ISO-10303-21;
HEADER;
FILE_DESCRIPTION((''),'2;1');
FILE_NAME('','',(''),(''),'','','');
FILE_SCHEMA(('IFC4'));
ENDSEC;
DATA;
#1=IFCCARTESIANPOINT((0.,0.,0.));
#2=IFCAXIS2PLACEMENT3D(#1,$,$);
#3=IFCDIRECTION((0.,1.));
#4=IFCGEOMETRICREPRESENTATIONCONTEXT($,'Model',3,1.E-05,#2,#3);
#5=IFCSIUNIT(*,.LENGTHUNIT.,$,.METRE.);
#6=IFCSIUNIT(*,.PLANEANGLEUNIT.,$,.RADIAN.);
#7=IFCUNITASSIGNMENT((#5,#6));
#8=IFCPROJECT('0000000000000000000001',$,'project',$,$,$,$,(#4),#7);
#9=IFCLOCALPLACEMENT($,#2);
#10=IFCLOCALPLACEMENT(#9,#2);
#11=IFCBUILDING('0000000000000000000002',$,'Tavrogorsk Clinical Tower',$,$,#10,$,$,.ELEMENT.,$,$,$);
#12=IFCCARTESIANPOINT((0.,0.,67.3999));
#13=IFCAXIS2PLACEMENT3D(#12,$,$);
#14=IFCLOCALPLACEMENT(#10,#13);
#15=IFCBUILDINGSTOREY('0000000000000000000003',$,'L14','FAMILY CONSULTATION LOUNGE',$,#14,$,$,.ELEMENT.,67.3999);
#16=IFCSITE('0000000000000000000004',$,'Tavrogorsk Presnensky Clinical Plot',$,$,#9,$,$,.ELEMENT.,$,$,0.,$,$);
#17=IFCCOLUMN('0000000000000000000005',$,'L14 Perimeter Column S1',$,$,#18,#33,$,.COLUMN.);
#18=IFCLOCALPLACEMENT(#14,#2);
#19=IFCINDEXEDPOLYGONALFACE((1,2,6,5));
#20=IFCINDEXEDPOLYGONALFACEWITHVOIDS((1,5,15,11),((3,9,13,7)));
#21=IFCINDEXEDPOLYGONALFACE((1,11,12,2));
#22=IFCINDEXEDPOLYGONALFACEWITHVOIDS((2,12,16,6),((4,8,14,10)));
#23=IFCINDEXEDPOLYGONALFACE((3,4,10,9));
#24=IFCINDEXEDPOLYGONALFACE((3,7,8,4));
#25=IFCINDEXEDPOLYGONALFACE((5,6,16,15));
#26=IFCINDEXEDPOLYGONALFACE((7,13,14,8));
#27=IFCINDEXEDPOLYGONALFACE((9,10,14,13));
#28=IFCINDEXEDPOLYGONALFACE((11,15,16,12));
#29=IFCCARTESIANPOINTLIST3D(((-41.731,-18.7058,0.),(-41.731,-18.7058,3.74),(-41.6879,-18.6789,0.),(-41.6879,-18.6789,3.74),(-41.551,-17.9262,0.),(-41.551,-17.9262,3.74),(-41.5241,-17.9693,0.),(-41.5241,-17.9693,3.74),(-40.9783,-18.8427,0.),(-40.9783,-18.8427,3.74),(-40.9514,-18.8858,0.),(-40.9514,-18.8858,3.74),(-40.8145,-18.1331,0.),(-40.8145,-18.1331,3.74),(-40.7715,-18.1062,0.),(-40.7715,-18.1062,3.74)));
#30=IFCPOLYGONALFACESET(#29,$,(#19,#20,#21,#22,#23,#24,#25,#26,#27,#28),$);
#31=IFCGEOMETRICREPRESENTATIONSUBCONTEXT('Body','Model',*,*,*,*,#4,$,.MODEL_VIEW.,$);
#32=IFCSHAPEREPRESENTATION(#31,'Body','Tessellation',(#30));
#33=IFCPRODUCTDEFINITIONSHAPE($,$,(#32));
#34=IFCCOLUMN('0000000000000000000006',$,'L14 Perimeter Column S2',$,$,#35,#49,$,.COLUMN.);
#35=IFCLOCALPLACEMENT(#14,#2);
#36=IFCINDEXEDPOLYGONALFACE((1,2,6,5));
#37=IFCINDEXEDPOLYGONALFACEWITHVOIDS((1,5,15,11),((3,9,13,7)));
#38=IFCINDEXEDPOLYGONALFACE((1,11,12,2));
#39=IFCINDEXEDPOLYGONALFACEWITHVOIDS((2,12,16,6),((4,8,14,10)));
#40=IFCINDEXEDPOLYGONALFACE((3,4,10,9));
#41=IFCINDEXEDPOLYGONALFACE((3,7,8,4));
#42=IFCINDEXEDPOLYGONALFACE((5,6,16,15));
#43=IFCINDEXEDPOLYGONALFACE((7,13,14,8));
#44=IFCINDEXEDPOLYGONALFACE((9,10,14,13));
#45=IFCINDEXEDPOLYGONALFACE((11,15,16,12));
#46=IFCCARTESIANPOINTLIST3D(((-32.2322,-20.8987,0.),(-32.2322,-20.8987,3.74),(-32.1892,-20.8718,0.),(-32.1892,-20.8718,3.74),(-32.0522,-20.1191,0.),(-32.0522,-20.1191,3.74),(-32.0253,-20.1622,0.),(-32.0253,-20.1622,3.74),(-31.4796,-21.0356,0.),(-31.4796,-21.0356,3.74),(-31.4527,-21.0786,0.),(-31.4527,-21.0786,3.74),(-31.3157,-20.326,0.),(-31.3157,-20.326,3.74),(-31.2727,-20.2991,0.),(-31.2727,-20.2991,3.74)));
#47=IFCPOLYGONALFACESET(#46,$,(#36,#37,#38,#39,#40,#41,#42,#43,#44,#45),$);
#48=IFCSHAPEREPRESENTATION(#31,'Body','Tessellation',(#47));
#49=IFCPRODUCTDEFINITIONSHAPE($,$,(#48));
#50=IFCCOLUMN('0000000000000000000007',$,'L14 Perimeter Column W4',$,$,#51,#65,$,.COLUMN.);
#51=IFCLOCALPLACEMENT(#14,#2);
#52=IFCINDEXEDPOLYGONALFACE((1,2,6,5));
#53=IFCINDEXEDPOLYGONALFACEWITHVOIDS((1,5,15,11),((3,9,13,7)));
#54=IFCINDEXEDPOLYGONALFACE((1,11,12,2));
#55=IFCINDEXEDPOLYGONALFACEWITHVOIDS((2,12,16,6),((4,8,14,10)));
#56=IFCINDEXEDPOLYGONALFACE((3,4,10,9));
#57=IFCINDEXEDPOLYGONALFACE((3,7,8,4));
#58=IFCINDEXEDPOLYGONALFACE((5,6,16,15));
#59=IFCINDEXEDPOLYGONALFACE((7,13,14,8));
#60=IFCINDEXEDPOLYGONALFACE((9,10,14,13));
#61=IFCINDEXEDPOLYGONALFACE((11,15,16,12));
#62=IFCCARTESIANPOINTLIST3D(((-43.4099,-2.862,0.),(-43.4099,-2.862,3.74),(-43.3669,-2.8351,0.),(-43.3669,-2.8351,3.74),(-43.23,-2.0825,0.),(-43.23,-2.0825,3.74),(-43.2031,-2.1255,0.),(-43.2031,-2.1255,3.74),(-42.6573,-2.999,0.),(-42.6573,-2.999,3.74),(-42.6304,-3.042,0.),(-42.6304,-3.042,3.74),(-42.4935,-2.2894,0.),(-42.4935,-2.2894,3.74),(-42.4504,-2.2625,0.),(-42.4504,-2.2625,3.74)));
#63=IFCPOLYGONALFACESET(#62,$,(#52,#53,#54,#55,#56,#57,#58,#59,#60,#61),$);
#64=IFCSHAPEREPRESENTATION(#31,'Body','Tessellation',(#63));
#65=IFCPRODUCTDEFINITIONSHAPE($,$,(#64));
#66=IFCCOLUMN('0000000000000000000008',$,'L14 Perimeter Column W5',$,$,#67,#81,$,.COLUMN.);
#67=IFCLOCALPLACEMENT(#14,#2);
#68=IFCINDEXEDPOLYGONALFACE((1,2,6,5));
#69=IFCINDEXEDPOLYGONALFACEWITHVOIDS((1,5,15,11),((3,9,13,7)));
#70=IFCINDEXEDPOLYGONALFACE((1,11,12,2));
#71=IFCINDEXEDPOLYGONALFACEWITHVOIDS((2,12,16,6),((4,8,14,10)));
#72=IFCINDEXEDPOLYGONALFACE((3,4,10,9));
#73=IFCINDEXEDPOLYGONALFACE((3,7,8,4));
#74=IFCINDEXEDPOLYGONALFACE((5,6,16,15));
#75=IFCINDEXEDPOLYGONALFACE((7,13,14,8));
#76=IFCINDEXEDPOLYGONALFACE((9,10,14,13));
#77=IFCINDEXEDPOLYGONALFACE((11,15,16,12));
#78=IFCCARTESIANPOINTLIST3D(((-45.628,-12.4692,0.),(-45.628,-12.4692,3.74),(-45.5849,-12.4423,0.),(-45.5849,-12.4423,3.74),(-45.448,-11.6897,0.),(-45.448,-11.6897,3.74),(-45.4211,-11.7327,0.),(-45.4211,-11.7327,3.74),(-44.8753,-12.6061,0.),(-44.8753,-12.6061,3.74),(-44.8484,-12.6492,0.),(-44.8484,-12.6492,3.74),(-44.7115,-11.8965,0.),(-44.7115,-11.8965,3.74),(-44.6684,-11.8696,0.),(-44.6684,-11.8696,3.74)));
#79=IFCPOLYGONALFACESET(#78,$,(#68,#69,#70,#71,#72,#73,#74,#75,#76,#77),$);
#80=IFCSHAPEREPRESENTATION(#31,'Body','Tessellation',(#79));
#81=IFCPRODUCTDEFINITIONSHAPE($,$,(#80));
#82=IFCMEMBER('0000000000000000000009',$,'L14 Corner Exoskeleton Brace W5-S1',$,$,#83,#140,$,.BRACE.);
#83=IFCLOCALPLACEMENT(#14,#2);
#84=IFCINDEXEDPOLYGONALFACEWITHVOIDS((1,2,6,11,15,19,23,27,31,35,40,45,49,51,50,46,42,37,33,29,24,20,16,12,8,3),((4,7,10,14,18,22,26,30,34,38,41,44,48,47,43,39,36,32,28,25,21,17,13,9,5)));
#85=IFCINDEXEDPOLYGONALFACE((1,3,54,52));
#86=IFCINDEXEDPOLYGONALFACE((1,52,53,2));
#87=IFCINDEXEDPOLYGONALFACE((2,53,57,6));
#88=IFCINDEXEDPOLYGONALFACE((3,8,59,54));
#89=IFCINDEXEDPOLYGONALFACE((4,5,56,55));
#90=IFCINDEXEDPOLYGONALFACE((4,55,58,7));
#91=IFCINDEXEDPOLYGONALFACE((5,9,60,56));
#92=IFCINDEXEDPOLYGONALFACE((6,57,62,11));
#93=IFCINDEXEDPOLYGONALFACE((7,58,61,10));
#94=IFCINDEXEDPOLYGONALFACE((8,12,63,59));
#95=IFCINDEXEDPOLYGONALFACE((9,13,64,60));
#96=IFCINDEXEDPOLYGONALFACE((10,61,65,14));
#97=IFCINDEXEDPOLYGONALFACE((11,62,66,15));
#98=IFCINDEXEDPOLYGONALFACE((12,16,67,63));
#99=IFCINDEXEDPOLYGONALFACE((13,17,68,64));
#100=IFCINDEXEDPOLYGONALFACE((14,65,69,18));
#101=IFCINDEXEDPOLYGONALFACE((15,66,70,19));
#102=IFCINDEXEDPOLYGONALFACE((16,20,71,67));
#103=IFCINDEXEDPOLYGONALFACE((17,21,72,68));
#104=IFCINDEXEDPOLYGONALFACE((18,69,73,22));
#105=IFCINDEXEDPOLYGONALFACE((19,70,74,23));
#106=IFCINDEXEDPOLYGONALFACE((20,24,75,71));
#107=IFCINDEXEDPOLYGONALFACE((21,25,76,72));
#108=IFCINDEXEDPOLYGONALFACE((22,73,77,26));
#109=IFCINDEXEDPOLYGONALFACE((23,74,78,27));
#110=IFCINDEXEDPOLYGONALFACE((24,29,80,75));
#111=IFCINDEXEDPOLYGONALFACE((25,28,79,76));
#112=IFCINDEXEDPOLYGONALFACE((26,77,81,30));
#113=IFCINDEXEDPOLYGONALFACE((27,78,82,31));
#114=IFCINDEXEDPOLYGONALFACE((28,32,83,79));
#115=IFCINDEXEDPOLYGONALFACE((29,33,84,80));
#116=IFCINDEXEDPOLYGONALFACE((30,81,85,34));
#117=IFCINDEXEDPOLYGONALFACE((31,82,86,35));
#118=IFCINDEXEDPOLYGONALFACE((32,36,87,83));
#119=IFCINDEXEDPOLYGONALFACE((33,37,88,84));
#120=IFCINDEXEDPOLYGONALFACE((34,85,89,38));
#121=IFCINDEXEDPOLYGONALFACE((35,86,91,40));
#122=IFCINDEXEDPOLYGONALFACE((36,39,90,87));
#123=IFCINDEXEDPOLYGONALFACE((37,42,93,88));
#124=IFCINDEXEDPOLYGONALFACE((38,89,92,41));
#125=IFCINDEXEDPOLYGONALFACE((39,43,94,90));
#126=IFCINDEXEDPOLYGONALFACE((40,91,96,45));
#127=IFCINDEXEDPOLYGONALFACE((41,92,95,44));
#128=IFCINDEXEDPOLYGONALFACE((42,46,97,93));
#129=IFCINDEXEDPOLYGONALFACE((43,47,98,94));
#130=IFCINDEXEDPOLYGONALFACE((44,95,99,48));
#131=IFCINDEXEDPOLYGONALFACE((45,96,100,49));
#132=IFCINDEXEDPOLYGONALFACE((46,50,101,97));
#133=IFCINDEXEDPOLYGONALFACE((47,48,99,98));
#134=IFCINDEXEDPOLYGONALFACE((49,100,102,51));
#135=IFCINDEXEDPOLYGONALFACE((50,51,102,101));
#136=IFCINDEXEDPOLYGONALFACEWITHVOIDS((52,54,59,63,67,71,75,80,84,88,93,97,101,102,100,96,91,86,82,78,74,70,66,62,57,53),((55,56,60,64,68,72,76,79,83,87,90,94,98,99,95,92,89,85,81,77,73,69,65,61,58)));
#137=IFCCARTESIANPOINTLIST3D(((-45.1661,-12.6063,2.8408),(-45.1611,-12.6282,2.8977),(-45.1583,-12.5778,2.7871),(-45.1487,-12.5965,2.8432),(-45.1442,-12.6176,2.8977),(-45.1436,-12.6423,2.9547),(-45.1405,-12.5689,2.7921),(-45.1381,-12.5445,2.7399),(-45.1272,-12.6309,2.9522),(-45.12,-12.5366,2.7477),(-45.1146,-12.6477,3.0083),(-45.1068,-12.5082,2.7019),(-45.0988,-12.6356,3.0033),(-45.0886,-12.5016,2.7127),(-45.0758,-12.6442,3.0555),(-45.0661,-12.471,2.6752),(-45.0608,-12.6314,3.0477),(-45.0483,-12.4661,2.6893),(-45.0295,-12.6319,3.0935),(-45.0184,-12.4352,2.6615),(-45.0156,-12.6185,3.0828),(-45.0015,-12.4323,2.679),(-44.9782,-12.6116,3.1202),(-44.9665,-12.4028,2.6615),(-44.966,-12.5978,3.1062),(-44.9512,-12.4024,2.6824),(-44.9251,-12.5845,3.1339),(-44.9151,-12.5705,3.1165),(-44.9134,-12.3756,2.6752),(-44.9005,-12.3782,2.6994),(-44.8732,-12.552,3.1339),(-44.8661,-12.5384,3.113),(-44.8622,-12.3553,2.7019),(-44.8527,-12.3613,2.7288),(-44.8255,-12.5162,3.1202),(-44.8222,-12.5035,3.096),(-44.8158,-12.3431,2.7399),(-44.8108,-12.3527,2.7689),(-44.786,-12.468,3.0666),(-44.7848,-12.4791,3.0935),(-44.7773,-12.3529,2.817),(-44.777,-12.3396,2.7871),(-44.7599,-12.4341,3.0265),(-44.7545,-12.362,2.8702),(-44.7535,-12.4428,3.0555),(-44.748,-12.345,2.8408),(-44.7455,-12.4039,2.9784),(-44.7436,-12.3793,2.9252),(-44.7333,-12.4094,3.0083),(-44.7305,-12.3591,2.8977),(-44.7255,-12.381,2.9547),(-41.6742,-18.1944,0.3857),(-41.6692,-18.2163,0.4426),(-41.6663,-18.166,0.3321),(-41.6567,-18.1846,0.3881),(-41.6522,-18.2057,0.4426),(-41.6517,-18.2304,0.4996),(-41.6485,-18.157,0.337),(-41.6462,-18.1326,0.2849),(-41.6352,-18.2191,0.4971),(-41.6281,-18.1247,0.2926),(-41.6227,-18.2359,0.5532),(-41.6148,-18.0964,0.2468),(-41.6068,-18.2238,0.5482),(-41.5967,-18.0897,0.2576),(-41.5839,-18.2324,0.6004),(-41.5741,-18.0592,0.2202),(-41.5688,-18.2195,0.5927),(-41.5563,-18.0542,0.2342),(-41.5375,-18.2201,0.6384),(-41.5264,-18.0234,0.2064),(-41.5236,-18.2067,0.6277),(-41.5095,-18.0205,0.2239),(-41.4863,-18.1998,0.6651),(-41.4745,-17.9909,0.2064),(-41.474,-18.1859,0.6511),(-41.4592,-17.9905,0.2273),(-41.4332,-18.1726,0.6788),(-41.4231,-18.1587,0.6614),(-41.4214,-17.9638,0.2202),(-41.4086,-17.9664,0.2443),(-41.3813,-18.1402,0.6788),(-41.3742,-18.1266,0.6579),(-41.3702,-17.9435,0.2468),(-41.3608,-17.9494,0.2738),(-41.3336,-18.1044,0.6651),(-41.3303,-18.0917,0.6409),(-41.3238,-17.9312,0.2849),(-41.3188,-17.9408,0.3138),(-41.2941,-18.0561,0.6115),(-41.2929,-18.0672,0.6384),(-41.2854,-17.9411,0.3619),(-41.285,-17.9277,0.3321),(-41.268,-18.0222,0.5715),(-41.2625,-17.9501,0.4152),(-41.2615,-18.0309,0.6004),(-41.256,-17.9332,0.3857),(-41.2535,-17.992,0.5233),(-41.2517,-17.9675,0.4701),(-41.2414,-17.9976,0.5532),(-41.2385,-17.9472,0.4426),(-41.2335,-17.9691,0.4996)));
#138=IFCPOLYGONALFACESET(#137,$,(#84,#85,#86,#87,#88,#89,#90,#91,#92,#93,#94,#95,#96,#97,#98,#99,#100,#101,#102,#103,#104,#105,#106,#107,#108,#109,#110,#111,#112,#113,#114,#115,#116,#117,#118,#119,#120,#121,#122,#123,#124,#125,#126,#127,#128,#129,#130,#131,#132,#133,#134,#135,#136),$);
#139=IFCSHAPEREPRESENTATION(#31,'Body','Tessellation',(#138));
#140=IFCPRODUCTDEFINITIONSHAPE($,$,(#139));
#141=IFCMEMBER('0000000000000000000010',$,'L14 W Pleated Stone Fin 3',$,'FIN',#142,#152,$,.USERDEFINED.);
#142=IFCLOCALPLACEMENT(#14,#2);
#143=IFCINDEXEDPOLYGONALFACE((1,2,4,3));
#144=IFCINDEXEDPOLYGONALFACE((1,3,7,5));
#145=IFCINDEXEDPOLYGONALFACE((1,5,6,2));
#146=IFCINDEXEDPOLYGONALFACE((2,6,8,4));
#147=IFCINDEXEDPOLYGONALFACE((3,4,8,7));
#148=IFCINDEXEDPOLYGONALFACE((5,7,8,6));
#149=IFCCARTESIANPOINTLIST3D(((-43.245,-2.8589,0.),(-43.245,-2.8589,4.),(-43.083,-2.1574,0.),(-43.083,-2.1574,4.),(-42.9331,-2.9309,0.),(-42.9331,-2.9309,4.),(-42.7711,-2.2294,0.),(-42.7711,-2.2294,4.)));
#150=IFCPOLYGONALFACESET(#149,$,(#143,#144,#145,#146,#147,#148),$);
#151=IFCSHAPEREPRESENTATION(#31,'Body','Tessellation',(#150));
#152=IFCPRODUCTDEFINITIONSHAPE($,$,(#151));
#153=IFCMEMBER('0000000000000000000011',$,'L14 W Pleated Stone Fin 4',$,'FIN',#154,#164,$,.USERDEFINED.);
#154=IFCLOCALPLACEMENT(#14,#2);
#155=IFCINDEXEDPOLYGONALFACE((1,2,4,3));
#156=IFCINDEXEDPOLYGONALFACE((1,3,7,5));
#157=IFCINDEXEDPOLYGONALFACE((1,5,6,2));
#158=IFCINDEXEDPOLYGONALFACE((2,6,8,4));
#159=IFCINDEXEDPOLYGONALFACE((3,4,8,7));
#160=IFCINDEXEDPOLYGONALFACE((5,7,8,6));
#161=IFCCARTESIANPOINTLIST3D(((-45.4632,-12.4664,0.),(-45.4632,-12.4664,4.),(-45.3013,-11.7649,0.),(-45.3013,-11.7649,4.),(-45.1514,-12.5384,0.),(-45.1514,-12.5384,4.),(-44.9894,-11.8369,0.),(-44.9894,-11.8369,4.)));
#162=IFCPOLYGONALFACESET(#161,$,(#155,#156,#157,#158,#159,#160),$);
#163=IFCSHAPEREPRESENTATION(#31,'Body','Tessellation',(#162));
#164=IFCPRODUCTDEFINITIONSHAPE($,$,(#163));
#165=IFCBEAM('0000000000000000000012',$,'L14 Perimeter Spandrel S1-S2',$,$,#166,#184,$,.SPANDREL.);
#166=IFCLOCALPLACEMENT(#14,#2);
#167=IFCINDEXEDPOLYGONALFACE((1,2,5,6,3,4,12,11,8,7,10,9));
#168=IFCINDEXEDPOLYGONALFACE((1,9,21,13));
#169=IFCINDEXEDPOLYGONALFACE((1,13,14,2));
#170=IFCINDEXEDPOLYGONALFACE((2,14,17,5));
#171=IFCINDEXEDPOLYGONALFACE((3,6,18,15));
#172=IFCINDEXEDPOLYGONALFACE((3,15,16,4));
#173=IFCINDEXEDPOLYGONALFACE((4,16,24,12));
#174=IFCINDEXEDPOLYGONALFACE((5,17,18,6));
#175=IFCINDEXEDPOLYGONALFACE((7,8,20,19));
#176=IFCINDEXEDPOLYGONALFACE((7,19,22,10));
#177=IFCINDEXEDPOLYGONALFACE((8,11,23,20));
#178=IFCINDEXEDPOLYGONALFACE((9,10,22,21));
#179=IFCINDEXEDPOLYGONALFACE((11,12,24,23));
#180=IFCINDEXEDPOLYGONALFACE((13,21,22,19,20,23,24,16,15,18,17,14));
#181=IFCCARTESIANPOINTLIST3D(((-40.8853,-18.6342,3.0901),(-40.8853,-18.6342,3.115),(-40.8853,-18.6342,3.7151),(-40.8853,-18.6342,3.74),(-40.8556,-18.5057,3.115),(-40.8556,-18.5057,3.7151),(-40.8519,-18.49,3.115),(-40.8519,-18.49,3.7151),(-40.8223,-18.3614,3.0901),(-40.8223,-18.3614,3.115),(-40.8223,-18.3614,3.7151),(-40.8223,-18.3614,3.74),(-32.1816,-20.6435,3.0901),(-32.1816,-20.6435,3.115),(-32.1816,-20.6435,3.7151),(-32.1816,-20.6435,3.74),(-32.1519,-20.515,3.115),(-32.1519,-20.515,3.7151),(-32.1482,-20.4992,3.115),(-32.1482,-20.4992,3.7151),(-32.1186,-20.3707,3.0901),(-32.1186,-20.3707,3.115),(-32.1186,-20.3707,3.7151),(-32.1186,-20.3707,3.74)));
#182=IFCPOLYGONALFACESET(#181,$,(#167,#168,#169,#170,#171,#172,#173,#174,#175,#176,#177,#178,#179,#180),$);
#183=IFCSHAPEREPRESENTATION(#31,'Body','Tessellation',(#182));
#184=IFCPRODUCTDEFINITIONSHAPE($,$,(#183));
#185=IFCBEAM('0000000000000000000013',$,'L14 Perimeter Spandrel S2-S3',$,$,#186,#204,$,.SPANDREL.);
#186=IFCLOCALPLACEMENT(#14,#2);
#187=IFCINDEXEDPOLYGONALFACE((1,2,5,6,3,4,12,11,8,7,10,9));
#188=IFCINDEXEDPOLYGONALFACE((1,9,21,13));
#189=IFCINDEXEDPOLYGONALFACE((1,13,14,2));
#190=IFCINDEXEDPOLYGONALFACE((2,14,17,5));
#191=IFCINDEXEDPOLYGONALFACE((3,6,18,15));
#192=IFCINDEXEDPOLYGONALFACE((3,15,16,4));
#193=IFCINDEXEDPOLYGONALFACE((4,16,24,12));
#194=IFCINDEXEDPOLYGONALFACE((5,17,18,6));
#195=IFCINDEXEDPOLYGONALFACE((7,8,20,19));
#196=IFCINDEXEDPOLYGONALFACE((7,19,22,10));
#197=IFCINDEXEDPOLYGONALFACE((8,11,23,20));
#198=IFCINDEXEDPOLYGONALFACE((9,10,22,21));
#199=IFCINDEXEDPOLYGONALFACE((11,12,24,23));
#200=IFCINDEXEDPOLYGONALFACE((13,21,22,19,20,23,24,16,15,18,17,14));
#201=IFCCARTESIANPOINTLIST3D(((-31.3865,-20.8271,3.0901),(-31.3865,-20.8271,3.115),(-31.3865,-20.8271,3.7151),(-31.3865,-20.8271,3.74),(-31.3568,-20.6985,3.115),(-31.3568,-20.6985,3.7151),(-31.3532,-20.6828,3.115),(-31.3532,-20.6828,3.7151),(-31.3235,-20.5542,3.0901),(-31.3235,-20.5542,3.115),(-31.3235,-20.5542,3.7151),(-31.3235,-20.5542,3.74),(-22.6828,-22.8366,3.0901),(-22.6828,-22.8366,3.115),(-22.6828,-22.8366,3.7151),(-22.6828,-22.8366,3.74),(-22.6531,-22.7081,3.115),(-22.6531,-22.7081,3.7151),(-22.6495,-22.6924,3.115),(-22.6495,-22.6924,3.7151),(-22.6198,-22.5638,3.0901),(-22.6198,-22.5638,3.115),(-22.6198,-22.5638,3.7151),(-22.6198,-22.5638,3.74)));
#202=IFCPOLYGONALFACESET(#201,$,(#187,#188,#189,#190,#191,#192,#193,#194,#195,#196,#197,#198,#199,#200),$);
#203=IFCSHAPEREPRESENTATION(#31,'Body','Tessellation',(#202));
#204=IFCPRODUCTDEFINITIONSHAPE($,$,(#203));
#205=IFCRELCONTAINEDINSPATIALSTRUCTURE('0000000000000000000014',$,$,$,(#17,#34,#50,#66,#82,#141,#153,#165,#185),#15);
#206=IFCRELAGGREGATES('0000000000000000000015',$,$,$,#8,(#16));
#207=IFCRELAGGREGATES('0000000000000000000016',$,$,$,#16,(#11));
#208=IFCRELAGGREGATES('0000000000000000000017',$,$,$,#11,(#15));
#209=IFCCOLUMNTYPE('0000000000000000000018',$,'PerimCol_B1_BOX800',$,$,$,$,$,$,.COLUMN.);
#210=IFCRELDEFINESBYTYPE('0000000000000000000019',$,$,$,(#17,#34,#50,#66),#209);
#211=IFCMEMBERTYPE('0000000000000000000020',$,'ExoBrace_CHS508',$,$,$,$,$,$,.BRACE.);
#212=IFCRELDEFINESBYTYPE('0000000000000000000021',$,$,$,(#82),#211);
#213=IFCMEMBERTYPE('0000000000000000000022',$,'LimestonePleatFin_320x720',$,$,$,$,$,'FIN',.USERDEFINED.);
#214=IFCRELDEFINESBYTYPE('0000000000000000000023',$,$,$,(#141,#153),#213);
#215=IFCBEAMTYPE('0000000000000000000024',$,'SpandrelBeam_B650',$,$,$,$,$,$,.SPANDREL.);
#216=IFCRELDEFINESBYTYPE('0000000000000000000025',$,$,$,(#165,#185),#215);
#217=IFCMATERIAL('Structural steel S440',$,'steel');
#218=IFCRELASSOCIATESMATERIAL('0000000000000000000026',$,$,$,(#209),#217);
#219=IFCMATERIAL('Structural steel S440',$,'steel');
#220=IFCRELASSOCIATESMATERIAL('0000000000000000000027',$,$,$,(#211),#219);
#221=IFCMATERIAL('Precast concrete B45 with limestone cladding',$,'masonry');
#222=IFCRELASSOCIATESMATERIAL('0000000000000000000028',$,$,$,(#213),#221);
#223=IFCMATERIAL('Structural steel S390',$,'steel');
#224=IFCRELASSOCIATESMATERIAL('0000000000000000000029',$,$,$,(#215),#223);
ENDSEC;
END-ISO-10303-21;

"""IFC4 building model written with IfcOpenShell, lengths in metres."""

from ifc_helpers import new_model, si_unit, direction, frame, origin, origin_2d, place, context, subcontext, project, spatial, rectangle, hollow_rectangle, hollow_circle, i_section, extrude, material, material_profile, profile_set, type_object, element, save


model = new_model("IFC4")

# Units and contexts
model_context = context("Model", 3, precision=1e-05, world=origin(), true_north=direction((0.0, 1.0)))
body_context = subcontext(model_context, "Body", "Model", "MODEL_VIEW")
ifc_project = project(units=[si_unit("LENGTHUNIT", "METRE"), si_unit("PLANEANGLEUNIT", "RADIAN")], contexts=[model_context])

# Site, building, storey
site_placement = place(None, origin())
site = spatial("IfcSite", under=ifc_project, at=site_placement, Name="Tavrogorsk Presnensky Clinical Plot", CompositionType="ELEMENT", RefElevation=0.0)
building_placement = place(site_placement, origin())
building = spatial("IfcBuilding", under=site, at=building_placement, Name="Tavrogorsk Clinical Tower", CompositionType="ELEMENT")
storey_placement = place(building_placement, frame((0.0, 0.0, 67.3999)))
storey = spatial("IfcBuildingStorey", under=building, at=storey_placement, Name="L14", Description="FAMILY CONSULTATION LOUNGE", CompositionType="ELEMENT", Elevation=67.3999)

# Columns
ifc_material_1 = material(Name="Structural steel S440", Category="steel")
ifc_material_profile_1 = material_profile(ifc_material_1, hollow_rectangle(XDim=0.8, YDim=0.8, WallThickness=0.0359, at=origin_2d()), Name="BOX-800x800x36")
ifc_profile_set_1 = profile_set([ifc_material_profile_1], Name="Structural steel S440")
column_type = type_object("IfcColumnType", Name="PerimCol_B1_BOX800", PredefinedType="COLUMN", material=ifc_profile_set_1)
for number, where, z_axis, x_axis, name in (
    (1, (-41.2512, -18.406, 0.0), (0.0, 0.0, 1.0), (0.97437, -0.224951, 0.0), "L14 Perimeter Column S1"),
    (2, (-31.7524, -20.5989, 0.0), (0.0, 0.0, 1.0), (0.97437, -0.224951, 0.0), "L14 Perimeter Column S2"),
    (3, (-42.9302, -2.5623, 0.0), (0.0, 0.0, 1.0), (0.97437, -0.224951, 0.0), "L14 Perimeter Column W4"),
    (4, (-45.1482, -12.1694, 0.0), (0.0, 0.0, 1.0), (0.97437, -0.224951, 0.0), "L14 Perimeter Column W5"),
):
    element("IfcColumn", number, at=place(storey_placement, frame(where, z_axis=z_axis, x_axis=x_axis)), inside=storey, type_object=column_type, Name=name, PredefinedType="COLUMN", context=body_context, shape_type="SweptSolid", body=[
        extrude(hollow_rectangle(XDim=0.8, YDim=0.8, WallThickness=0.0359, at=origin_2d()), origin(), (0.0, 0.0, 1.0), 3.74),
    ])

# Members
ifc_material_2 = material(Name="Structural steel S440", Category="steel")
ifc_material_profile_2 = material_profile(ifc_material_2, hollow_circle(Radius=0.2539, WallThickness=0.02, at=origin_2d()), Name="CHS-508x20")
ifc_profile_set_2 = profile_set([ifc_material_profile_2], Name="Structural steel S440")
member_type_1 = type_object("IfcMemberType", Name="ExoBrace_CHS508", PredefinedType="BRACE", material=ifc_profile_set_2)
member_placement = place(storey_placement, frame((-41.4539, -18.0818, 0.4426), z_axis=(-0.496582, 0.794678, 0.349132), x_axis=(-0.848042, -0.529929, 0.0)))
element("IfcMember", 5, at=member_placement, inside=storey, type_object=member_type_1, Name="L14 Corner Exoskeleton Brace W5-S1", PredefinedType="BRACE", context=body_context, shape_type="SweptSolid", body=[
    extrude(hollow_circle(Radius=0.2539, WallThickness=0.02, at=origin_2d()), origin(), (0.0, 0.0, 1.0), 7.032),
])
ifc_material_3 = material(Name="Precast concrete B45 with limestone cladding", Category="masonry")
ifc_material_profile_3 = material_profile(ifc_material_3, rectangle(XDim=0.3201, YDim=0.72, at=origin_2d()), Name="LIMESTONE-FIN-320x720")
ifc_profile_set_3 = profile_set([ifc_material_profile_3], Name="Precast concrete B45 with limestone cladding")
member_type_2 = type_object("IfcMemberType", Name="LimestonePleatFin_320x720", ElementType="FIN", PredefinedType="USERDEFINED", material=ifc_profile_set_3)
for number, where, z_axis, x_axis, name in (
    (6, (-43.0081, -2.5442, 0.0), (0.0, 0.0, 1.0), (0.97437, -0.224951, 0.0), "L14 W Pleated Stone Fin 3"),
    (7, (-45.2263, -12.1516, 0.0), (0.0, 0.0, 1.0), (0.97437, -0.224951, 0.0), "L14 W Pleated Stone Fin 4"),
):
    element("IfcMember", number, at=place(storey_placement, frame(where, z_axis=z_axis, x_axis=x_axis)), inside=storey, type_object=member_type_2, Name=name, ObjectType="FIN", PredefinedType="USERDEFINED", context=body_context, shape_type="SweptSolid", body=[
        extrude(rectangle(XDim=0.3201, YDim=0.72, at=origin_2d()), origin(), (0.0, 0.0, 1.0), 4.0),
    ])

# Beams
ifc_material_4 = material(Name="Structural steel S390", Category="steel")
ifc_material_profile_4 = material_profile(ifc_material_4, i_section(OverallWidth=0.28, OverallDepth=0.6499, WebThickness=0.0161, FlangeThickness=0.0249, at=origin_2d()), Name="B-650x280x16x25")
ifc_profile_set_4 = profile_set([ifc_material_profile_4], Name="Structural steel S390")
beam_type = type_object("IfcBeamType", Name="SpandrelBeam_B650", PredefinedType="SPANDREL", material=ifc_profile_set_4)
for number, where, z_axis, x_axis, name in (
    (8, (-40.8538, -18.4978, 3.415), (0.974373, -0.224939, 0.0), (0.224939, 0.974373, 0.0), "L14 Perimeter Spandrel S1-S2"),
    (9, (-31.355, -20.6907, 3.415), (0.974367, -0.224965, 0.0), (0.224965, 0.974367, 0.0), "L14 Perimeter Spandrel S2-S3"),
):
    element("IfcBeam", number, at=place(storey_placement, frame(where, z_axis=z_axis, x_axis=x_axis)), inside=storey, type_object=beam_type, Name=name, PredefinedType="SPANDREL", context=body_context, shape_type="SweptSolid", body=[
        extrude(i_section(OverallWidth=0.28, OverallDepth=0.6499, WebThickness=0.0161, FlangeThickness=0.0249, at=origin_2d()), origin(), (0.0, 0.0, 1.0), 8.9326),
    ])

save(model, "model.ifc")
